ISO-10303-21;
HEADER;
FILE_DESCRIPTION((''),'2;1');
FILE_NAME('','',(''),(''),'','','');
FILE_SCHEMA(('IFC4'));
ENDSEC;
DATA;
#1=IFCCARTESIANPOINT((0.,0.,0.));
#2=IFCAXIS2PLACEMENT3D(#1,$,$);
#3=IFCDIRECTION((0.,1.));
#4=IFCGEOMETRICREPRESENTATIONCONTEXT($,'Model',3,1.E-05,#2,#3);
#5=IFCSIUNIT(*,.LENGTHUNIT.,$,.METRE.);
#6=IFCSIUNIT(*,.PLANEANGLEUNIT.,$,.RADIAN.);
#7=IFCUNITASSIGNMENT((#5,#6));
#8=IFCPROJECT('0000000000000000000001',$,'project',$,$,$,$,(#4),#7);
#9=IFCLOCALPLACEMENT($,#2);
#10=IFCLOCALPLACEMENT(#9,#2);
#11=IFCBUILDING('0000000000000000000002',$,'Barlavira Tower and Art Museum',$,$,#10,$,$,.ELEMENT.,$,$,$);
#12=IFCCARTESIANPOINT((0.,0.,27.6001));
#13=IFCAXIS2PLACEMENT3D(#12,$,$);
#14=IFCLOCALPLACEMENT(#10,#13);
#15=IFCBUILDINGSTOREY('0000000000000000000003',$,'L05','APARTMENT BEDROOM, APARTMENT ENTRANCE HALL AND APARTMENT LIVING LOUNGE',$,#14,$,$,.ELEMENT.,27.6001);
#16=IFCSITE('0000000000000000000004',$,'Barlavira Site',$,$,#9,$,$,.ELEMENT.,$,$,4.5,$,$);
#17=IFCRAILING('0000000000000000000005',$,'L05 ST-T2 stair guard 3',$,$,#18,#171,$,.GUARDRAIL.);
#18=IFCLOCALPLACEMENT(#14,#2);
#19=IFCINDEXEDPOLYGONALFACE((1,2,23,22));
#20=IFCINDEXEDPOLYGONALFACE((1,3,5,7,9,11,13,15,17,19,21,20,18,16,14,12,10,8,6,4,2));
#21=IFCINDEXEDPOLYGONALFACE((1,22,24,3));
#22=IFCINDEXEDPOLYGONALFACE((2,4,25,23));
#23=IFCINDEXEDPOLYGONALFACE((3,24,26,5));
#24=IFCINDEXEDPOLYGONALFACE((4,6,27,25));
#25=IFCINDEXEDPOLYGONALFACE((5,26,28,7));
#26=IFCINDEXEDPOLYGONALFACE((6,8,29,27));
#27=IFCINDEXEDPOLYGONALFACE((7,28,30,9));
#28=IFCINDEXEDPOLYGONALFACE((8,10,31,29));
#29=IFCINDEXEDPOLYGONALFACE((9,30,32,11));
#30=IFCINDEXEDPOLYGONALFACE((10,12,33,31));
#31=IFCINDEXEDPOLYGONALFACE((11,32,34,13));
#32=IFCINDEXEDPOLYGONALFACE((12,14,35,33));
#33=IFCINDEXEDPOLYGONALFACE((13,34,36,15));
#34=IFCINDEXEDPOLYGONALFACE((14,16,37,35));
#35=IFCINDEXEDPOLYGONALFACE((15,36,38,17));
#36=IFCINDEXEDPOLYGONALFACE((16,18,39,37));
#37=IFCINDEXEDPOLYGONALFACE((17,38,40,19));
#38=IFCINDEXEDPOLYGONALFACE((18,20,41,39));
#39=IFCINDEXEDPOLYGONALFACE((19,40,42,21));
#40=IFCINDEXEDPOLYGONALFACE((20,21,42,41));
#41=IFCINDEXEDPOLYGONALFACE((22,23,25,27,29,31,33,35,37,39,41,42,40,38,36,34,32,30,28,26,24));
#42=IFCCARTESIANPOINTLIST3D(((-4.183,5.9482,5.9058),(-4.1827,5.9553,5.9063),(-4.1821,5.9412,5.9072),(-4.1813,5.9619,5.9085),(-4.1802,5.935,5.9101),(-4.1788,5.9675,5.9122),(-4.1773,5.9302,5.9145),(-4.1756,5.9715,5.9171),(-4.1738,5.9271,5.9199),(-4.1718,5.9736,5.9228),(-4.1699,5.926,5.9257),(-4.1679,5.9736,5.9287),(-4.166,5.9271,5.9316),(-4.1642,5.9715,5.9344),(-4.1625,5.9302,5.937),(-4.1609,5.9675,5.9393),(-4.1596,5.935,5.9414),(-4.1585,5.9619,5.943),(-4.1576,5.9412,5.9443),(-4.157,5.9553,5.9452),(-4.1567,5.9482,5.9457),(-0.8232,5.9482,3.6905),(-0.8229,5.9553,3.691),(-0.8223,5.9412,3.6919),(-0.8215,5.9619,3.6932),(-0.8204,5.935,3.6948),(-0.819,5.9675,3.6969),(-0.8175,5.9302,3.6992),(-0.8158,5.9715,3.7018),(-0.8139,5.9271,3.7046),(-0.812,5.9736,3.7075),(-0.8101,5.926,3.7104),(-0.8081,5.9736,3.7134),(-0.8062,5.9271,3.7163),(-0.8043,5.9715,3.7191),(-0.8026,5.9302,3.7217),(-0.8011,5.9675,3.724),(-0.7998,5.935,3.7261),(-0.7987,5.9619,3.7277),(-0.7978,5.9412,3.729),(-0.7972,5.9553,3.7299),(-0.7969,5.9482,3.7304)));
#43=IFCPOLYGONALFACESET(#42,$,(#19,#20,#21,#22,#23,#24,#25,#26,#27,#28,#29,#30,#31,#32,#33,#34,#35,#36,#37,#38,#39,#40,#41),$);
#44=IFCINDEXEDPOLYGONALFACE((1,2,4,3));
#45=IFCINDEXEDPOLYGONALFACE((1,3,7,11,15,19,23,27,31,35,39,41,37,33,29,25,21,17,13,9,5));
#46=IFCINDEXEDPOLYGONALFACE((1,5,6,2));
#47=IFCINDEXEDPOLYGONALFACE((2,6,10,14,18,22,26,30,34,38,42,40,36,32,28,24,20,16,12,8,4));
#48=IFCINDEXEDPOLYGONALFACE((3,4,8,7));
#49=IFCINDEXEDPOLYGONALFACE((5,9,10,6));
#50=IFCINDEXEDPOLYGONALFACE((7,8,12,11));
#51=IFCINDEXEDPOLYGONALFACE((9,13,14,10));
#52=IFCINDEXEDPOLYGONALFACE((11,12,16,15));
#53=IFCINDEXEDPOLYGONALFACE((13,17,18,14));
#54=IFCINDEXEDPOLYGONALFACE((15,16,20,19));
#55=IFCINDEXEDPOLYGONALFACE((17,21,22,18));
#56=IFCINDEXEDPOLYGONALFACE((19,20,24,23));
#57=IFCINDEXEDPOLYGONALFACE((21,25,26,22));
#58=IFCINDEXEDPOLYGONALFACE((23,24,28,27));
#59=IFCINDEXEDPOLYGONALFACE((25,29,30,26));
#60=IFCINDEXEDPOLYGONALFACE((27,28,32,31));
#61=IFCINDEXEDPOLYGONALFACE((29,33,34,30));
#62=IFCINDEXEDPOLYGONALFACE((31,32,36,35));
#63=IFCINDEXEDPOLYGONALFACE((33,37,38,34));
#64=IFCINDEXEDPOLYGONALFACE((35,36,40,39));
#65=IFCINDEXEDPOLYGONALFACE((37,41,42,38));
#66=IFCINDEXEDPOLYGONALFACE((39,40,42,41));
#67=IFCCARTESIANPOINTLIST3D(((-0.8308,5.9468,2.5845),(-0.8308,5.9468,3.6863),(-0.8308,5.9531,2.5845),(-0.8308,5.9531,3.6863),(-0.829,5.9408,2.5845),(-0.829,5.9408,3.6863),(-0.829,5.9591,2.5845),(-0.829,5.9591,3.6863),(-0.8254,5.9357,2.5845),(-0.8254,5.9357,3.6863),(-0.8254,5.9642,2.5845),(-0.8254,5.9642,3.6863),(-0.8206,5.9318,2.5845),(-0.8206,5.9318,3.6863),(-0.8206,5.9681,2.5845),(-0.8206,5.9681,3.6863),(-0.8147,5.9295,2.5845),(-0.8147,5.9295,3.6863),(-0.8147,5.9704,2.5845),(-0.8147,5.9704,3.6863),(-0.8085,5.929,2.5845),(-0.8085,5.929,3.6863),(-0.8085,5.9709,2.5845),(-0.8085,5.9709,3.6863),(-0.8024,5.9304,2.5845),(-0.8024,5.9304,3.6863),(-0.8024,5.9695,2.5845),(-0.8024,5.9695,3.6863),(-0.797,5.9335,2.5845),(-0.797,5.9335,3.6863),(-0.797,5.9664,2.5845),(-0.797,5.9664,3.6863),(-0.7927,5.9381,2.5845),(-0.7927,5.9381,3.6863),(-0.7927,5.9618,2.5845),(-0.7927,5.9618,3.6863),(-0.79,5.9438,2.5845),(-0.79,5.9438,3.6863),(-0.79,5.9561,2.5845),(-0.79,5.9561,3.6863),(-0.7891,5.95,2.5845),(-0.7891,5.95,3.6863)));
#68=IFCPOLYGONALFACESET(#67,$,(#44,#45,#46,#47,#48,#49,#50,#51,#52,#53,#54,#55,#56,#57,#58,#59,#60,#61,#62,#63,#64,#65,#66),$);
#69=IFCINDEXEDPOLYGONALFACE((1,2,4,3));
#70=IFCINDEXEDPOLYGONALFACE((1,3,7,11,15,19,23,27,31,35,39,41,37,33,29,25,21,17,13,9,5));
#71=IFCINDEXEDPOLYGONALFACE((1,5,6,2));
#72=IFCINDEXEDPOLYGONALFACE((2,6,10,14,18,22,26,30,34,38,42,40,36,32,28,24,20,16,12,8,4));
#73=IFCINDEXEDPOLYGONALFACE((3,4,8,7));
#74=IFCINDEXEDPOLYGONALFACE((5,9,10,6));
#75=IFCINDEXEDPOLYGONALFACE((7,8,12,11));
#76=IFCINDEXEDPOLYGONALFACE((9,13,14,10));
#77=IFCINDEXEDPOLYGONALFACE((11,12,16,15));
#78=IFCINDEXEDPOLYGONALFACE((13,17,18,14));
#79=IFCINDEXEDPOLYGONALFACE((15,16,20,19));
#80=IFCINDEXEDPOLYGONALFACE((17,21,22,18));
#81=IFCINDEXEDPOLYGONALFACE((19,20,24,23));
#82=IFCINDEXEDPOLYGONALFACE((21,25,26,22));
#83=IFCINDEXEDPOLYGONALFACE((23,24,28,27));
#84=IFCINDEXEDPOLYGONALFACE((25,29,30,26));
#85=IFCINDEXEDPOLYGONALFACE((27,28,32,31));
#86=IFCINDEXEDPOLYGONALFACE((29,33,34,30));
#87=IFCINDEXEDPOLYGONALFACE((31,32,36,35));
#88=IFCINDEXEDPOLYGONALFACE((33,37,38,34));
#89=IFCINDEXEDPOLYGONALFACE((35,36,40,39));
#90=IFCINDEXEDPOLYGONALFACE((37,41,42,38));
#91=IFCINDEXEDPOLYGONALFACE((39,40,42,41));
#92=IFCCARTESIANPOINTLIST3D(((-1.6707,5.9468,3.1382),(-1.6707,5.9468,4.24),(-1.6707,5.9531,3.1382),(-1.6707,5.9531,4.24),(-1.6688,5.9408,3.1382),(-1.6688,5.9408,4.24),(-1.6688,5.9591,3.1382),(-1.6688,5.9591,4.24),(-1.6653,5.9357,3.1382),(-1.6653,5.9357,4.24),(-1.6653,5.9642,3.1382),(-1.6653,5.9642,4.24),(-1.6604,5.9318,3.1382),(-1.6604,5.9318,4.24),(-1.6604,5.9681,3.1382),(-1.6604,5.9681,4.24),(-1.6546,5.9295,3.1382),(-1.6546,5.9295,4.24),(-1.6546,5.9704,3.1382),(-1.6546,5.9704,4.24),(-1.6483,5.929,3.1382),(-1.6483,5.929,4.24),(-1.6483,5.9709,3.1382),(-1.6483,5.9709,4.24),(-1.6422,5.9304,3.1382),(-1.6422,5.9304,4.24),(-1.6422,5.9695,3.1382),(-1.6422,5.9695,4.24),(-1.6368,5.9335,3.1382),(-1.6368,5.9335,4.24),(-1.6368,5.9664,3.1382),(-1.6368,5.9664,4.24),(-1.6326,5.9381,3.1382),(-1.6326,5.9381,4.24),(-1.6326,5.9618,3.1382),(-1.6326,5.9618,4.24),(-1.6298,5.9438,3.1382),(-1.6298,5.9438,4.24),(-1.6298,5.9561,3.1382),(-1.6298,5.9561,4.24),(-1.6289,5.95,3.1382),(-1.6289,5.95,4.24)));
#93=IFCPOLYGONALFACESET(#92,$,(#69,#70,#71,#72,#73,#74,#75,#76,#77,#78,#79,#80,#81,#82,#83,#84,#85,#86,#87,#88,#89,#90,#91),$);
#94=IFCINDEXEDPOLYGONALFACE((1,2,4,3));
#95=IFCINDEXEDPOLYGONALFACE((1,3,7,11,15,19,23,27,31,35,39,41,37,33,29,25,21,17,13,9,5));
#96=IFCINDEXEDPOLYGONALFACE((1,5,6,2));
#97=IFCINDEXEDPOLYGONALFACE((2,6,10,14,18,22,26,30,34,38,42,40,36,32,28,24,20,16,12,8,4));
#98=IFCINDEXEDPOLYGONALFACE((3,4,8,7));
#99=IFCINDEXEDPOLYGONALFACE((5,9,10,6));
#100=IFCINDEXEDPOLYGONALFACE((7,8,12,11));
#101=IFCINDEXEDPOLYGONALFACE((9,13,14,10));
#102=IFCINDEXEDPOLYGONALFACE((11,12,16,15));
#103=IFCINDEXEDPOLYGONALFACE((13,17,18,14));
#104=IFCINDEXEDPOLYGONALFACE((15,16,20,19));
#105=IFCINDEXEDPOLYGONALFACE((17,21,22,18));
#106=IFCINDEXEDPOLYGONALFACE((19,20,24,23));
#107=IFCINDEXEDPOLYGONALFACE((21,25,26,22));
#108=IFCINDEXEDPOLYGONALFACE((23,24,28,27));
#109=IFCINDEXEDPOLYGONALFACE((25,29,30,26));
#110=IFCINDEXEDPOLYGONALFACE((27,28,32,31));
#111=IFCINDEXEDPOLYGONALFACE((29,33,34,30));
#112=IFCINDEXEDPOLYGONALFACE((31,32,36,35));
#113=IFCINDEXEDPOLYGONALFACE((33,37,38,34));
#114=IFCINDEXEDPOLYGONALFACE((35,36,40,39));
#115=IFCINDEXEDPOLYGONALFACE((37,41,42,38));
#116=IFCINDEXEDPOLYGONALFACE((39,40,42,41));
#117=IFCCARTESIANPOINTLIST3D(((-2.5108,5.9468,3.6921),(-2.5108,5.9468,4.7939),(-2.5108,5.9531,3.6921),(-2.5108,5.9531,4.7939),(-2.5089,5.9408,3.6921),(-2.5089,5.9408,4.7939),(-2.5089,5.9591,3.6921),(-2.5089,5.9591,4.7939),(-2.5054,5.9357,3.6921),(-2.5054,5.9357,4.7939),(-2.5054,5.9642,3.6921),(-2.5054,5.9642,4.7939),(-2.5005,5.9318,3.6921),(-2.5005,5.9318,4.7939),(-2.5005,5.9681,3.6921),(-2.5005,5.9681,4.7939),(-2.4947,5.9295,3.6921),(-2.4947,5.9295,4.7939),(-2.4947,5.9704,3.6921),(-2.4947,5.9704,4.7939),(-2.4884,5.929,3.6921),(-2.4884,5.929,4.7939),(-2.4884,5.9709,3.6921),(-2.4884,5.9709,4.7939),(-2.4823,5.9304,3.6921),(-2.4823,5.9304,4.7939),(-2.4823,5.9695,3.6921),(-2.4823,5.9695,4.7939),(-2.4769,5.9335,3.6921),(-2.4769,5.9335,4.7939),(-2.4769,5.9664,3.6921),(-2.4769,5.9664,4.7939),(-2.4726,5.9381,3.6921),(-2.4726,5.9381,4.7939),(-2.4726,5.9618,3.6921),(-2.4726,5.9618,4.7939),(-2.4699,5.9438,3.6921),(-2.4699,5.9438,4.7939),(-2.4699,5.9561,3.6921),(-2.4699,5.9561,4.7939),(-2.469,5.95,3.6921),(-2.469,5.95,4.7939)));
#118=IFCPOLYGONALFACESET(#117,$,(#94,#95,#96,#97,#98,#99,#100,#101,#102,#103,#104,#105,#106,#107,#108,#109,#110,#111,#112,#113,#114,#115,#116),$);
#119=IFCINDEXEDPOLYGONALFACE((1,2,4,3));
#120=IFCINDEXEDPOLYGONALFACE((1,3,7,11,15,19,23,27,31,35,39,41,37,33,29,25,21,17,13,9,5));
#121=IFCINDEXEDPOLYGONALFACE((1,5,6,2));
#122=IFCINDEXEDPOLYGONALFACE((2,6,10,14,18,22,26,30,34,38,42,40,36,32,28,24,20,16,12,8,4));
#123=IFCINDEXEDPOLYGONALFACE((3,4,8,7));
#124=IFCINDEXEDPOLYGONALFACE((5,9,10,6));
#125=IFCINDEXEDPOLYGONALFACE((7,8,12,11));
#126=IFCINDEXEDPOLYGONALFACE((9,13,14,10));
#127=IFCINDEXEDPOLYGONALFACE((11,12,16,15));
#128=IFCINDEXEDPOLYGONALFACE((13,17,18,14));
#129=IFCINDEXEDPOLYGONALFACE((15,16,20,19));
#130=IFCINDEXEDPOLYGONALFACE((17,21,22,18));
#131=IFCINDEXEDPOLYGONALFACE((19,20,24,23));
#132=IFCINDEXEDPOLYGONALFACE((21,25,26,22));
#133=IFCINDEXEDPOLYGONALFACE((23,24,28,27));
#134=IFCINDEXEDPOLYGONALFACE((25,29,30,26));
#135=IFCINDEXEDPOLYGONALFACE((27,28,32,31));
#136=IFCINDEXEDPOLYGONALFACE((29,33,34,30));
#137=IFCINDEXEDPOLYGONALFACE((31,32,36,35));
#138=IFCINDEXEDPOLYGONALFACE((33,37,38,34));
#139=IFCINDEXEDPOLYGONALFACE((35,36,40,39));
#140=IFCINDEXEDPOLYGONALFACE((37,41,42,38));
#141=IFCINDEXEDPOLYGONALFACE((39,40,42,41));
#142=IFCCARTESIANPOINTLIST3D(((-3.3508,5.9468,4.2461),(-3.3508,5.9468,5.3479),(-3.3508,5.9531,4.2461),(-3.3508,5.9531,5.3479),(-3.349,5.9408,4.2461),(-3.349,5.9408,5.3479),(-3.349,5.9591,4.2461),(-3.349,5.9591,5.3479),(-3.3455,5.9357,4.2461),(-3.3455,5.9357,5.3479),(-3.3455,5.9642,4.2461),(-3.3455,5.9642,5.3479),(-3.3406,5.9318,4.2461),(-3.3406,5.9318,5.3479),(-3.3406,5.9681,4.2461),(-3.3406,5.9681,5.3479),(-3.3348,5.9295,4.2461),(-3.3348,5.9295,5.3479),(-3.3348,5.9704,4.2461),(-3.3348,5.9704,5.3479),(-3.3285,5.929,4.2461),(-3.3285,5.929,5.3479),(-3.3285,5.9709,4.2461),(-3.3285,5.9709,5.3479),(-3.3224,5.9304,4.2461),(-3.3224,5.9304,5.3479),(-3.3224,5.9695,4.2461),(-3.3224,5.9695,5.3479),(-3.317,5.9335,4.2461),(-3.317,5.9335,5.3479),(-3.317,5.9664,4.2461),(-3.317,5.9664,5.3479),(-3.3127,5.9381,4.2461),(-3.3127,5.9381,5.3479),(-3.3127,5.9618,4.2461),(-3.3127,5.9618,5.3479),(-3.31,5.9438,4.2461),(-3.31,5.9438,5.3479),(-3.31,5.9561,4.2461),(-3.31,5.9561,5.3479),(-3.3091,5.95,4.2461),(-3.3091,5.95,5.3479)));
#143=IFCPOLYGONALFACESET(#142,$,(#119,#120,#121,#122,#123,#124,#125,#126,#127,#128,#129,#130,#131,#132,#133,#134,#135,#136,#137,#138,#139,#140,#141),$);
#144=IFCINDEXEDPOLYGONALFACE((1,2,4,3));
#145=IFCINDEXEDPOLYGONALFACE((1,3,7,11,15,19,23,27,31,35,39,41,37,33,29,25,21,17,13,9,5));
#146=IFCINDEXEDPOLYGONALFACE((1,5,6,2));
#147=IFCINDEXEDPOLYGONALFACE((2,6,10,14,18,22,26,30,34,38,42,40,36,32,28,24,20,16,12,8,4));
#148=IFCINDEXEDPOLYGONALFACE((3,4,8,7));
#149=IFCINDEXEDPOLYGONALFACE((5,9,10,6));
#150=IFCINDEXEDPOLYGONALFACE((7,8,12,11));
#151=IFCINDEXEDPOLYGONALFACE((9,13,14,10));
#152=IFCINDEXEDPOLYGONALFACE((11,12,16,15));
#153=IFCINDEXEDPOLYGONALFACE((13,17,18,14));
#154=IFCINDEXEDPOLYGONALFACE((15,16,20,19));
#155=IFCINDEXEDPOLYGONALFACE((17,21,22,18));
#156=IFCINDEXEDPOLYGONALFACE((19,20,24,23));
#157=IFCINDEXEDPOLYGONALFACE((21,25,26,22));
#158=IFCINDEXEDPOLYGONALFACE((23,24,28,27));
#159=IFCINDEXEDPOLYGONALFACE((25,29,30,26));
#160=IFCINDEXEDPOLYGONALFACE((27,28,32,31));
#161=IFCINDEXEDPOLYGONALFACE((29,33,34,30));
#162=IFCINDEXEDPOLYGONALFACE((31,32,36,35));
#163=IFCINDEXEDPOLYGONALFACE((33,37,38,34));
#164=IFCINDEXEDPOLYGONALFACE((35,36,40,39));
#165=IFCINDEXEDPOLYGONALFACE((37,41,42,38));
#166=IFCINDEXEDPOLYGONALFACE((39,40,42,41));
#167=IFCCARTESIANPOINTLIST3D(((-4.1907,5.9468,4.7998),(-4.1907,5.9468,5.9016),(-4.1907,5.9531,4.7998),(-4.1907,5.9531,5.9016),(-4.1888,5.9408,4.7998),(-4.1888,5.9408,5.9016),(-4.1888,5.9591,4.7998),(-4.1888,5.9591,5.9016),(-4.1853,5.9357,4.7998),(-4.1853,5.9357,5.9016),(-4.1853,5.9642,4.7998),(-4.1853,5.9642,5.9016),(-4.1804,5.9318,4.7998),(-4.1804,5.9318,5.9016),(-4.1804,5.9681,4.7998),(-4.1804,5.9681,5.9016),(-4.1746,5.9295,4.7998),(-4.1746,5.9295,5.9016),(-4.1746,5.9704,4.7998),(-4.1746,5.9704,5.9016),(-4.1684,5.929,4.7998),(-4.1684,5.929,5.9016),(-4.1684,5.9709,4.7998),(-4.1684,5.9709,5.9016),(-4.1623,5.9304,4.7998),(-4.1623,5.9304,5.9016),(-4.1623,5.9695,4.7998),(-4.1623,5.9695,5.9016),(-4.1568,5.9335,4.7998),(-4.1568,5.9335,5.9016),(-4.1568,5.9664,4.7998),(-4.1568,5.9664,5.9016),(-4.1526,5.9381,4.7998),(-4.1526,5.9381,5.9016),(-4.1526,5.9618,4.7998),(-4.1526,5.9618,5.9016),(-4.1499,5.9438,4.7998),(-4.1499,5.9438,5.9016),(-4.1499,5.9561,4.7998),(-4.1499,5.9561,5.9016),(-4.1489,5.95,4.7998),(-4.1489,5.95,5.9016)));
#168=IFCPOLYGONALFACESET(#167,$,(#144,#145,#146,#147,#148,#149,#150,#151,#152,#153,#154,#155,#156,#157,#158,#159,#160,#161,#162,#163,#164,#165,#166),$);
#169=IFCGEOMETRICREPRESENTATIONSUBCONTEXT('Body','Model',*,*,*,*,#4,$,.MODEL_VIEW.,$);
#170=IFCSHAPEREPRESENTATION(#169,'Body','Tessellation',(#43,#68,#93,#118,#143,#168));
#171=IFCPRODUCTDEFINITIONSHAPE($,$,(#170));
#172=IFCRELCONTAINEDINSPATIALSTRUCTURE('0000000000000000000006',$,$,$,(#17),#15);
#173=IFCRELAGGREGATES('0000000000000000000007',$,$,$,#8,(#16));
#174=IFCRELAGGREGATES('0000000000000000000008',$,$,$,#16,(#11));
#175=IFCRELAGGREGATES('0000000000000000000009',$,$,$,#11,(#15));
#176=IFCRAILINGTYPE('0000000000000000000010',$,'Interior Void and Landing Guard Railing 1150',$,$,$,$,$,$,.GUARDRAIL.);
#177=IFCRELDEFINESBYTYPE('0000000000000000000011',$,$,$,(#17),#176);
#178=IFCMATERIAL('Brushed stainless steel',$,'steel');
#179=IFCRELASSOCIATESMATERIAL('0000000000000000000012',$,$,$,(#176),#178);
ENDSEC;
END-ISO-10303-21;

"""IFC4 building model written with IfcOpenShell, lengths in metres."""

from ifc_helpers import new_model, si_unit, direction, frame, origin, origin_2d, place, context, subcontext, project, spatial, circle, extrude, material, type_object, element, save


model = new_model("IFC4")

# Units and contexts
model_context = context("Model", 3, precision=1e-05, world=origin(), true_north=direction((0.0, 1.0)))
body_context = subcontext(model_context, "Body", "Model", "MODEL_VIEW")
ifc_project = project(units=[si_unit("LENGTHUNIT", "METRE"), si_unit("PLANEANGLEUNIT", "RADIAN")], contexts=[model_context])

# Site, building, storey
site_placement = place(None, origin())
site = spatial("IfcSite", under=ifc_project, at=site_placement, Name="Barlavira Site", CompositionType="ELEMENT", RefElevation=4.5)
building_placement = place(site_placement, origin())
building = spatial("IfcBuilding", under=site, at=building_placement, Name="Barlavira Tower and Art Museum", CompositionType="ELEMENT")
storey_placement = place(building_placement, frame((0.0, 0.0, 27.6001)))
storey = spatial("IfcBuildingStorey", under=building, at=storey_placement, Name="L05", Description="APARTMENT BEDROOM, APARTMENT ENTRANCE HALL AND APARTMENT LIVING LOUNGE", CompositionType="ELEMENT", Elevation=27.6001)

# Shared definitions
ifc_material_1 = material(Name="Brushed stainless steel", Category="steel")

# Railing
railing_type_1 = type_object("IfcRailingType", Name="Interior Void and Landing Guard Railing 1150", PredefinedType="GUARDRAIL", material=ifc_material_1)
railing_1_placement = place(storey_placement, frame((-0.8101, 5.95, 2.5845)))
element("IfcRailing", 1, at=railing_1_placement, inside=storey, type_object=railing_type_1, Name="L05 ST-T2 stair guard 3", PredefinedType="GUARDRAIL", context=body_context, shape_type="SweptSolid", body=[
    extrude(circle(Radius=0.0239, at=origin_2d()), frame((0.0, 0.0, 1.126), z_axis=(-0.834858, 0.0, 0.550465), x_axis=(0.0, -1.0, 0.0)), (0.0, 0.0, 1.0), 4.0244),
    extrude(circle(Radius=0.021, at=origin_2d()), origin(), (0.0, 0.0, 1.0), 1.1018),
    extrude(circle(Radius=0.021, at=origin_2d()), frame((-0.8398, 0.0, 0.5537)), (0.0, 0.0, 1.0), 1.1018),
    extrude(circle(Radius=0.021, at=origin_2d()), frame((-1.6799, 0.0, 1.1077)), (0.0, 0.0, 1.0), 1.1018),
    extrude(circle(Radius=0.021, at=origin_2d()), frame((-2.52, 0.0, 1.6616)), (0.0, 0.0, 1.0), 1.1018),
    extrude(circle(Radius=0.021, at=origin_2d()), frame((-3.3599, 0.0, 2.2153)), (0.0, 0.0, 1.0), 1.1018),
])

save(model, "model.ifc")
